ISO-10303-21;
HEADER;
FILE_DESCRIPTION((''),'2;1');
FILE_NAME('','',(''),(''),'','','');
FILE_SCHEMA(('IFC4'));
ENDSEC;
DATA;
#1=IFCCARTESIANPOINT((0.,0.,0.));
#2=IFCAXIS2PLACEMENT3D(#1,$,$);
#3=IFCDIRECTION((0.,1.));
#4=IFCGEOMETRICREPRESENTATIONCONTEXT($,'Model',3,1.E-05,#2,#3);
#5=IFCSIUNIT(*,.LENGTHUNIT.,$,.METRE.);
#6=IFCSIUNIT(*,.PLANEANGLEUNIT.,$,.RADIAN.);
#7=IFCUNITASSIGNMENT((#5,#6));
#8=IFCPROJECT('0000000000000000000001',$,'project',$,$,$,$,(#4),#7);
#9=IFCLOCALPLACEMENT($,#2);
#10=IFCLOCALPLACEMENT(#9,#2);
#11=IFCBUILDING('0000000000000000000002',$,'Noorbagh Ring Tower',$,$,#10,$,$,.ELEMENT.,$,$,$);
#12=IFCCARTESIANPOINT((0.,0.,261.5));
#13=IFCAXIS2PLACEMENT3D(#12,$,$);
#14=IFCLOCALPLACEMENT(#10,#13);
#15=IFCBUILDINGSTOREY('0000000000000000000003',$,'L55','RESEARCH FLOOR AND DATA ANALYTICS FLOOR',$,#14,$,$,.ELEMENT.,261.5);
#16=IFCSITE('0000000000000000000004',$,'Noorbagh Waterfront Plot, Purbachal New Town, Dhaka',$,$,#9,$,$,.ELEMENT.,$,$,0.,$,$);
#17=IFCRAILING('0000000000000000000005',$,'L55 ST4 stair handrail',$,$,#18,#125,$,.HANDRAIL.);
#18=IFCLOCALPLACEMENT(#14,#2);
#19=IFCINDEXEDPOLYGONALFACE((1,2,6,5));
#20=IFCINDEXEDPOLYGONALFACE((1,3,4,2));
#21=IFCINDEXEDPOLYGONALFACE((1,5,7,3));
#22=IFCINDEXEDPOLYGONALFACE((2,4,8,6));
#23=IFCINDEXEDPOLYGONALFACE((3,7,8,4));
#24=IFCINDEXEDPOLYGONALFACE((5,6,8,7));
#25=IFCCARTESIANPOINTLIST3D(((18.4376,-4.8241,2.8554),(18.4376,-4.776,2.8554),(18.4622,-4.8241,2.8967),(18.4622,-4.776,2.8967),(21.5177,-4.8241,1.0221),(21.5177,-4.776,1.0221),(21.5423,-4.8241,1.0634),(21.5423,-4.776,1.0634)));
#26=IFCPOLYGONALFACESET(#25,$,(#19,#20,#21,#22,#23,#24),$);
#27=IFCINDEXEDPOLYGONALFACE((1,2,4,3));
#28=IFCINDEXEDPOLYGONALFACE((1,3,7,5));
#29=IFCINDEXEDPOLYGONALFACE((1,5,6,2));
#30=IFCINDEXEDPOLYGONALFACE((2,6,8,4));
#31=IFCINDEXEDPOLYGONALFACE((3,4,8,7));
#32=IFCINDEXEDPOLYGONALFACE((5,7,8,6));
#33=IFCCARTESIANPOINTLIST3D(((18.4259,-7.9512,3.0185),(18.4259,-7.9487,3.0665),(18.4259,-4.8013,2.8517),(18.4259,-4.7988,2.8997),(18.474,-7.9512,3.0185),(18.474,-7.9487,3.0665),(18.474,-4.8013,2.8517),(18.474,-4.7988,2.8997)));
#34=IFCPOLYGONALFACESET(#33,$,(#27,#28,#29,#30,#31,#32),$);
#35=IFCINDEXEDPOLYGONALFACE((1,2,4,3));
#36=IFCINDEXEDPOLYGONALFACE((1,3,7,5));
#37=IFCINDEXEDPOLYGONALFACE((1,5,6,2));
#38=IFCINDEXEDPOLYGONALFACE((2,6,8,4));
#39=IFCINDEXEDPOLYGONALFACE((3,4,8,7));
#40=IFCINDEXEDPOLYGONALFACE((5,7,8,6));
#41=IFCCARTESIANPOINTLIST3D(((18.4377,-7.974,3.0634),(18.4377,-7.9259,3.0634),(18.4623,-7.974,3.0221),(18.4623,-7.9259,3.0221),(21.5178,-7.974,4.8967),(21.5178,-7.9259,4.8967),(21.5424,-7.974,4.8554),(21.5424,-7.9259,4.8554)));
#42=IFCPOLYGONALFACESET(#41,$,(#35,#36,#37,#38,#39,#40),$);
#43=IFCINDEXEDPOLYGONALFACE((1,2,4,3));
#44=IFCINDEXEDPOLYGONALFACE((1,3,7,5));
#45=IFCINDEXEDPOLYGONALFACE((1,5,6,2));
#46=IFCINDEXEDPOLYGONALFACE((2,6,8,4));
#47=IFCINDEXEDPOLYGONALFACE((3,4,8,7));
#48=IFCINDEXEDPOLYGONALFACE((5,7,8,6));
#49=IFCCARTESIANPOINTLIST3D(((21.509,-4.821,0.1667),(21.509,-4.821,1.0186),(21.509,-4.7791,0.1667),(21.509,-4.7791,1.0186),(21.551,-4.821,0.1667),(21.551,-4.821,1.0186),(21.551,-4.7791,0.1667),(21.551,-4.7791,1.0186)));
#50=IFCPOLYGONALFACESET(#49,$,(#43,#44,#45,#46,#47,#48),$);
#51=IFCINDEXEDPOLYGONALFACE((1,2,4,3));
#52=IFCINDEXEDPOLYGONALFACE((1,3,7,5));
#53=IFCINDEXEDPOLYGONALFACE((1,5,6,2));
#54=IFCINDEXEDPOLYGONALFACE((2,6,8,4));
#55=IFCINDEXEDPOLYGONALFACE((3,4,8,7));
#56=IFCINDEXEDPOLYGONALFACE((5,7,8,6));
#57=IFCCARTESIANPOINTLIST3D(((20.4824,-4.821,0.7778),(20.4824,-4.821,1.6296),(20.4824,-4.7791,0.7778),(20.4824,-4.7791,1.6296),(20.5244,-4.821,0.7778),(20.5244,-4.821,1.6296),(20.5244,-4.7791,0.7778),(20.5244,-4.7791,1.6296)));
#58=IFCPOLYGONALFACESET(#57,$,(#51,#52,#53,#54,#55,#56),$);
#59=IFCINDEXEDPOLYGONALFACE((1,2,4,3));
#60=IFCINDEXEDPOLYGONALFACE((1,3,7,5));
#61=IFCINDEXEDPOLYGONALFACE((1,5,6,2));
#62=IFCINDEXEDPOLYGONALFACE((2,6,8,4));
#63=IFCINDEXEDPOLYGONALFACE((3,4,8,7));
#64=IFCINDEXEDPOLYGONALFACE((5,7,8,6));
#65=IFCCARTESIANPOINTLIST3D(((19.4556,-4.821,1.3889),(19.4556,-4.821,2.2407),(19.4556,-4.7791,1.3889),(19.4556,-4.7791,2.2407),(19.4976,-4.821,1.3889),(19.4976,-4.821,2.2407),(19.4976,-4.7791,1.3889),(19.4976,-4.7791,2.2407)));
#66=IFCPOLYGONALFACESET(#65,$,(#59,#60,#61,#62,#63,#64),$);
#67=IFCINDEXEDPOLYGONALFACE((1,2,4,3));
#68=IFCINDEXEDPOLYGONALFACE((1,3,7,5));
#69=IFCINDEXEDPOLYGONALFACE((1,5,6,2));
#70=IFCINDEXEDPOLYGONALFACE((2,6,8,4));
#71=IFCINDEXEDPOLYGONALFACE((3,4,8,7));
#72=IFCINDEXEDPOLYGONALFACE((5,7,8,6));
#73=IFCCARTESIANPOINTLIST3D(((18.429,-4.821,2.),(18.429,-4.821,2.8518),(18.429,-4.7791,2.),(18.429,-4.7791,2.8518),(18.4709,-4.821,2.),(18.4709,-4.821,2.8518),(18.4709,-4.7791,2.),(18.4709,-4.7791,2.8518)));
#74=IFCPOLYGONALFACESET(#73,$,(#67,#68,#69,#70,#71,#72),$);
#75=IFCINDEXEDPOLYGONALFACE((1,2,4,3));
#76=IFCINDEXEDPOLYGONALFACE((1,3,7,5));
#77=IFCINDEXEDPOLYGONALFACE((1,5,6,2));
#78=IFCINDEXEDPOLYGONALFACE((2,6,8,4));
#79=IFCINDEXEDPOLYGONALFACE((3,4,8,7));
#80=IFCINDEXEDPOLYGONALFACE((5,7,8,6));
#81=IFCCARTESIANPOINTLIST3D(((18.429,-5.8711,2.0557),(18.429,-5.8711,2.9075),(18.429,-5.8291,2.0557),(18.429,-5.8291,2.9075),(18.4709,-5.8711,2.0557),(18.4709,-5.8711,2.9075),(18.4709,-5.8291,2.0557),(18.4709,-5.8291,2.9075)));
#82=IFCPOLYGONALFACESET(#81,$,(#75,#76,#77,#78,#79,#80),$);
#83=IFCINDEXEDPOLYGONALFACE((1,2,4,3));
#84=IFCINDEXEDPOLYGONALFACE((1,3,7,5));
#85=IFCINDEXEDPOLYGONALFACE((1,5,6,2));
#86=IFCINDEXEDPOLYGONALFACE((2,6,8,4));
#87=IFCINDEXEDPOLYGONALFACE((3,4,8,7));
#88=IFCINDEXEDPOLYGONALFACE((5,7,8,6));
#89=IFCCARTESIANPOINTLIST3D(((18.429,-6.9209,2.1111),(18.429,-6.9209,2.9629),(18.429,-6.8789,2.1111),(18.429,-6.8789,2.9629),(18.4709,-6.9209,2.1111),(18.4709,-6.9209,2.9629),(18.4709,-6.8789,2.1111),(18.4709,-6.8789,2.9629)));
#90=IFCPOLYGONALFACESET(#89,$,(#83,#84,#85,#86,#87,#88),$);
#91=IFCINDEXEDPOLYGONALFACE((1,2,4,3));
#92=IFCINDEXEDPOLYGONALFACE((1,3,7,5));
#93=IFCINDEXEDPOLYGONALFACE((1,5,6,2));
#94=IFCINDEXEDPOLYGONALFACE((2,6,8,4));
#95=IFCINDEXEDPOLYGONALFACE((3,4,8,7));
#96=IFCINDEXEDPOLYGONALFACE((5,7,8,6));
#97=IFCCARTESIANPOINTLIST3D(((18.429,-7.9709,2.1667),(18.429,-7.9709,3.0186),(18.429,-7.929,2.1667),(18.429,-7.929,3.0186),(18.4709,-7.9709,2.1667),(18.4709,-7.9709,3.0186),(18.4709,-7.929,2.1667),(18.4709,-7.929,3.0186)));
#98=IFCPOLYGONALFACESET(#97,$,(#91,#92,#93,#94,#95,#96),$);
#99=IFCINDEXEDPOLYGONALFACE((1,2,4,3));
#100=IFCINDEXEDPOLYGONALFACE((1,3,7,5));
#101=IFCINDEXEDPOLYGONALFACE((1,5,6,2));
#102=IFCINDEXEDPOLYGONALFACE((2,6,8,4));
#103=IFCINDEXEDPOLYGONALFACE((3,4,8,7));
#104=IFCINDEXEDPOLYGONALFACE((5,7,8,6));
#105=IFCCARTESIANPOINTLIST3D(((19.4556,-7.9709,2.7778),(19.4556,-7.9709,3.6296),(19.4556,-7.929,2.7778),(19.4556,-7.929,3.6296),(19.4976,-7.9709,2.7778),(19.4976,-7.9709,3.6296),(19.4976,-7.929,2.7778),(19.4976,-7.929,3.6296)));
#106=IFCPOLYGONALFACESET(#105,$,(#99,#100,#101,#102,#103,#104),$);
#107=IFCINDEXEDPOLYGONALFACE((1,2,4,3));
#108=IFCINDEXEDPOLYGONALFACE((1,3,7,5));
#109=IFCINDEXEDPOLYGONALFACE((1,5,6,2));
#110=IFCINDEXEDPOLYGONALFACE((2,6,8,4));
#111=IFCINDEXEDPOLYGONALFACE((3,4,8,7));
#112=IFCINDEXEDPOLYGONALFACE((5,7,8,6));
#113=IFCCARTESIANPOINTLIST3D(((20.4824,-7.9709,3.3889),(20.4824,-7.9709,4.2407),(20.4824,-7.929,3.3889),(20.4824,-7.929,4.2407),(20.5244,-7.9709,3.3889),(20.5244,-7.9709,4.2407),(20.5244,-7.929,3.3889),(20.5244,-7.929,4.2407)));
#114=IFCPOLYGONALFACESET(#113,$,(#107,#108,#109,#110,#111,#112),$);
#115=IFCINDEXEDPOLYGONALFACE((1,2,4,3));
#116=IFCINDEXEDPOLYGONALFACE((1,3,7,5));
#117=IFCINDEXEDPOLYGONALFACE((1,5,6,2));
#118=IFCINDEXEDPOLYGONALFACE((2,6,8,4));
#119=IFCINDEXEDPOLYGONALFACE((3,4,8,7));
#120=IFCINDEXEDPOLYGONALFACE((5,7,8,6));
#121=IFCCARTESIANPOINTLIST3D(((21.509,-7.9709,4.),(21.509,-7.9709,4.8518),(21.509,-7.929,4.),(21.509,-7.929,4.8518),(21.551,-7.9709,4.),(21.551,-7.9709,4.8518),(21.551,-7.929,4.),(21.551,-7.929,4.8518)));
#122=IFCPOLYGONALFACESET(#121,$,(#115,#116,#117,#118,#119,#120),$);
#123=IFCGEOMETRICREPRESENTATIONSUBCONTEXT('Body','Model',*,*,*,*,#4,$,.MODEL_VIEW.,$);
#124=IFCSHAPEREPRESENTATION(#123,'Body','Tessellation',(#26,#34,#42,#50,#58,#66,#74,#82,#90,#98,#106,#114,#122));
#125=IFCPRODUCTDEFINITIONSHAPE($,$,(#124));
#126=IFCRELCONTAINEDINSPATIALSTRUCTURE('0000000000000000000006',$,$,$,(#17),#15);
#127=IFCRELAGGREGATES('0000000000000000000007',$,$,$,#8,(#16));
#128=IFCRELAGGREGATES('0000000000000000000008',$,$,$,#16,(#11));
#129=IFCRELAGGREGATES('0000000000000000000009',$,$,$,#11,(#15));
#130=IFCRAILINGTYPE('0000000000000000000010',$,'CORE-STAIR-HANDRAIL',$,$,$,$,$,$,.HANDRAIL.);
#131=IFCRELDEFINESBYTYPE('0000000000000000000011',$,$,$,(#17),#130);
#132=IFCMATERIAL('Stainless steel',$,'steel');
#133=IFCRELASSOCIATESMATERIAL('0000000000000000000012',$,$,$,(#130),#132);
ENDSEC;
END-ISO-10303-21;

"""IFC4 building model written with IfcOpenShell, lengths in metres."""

from ifc_helpers import new_model, si_unit, direction, frame, origin, origin_2d, place, context, subcontext, project, spatial, rectangle, extrude, material, type_object, element, save


model = new_model("IFC4")

# Units and contexts
model_context = context("Model", 3, precision=1e-05, world=origin(), true_north=direction((0.0, 1.0)))
body_context = subcontext(model_context, "Body", "Model", "MODEL_VIEW")
ifc_project = project(units=[si_unit("LENGTHUNIT", "METRE"), si_unit("PLANEANGLEUNIT", "RADIAN")], contexts=[model_context])

# Site, building, storey
site_placement = place(None, origin())
site = spatial("IfcSite", under=ifc_project, at=site_placement, Name="Noorbagh Waterfront Plot, Purbachal New Town, Dhaka", CompositionType="ELEMENT", RefElevation=0.0)
building_placement = place(site_placement, origin())
building = spatial("IfcBuilding", under=site, at=building_placement, Name="Noorbagh Ring Tower", CompositionType="ELEMENT")
storey_placement = place(building_placement, frame((0.0, 0.0, 261.5)))
storey = spatial("IfcBuildingStorey", under=building, at=storey_placement, Name="L55", Description="RESEARCH FLOOR AND DATA ANALYTICS FLOOR", CompositionType="ELEMENT", Elevation=261.5)

# Railing
ifc_material_1 = material(Name="Stainless steel", Category="steel")
railing_type_1 = type_object("IfcRailingType", Name="CORE-STAIR-HANDRAIL", PredefinedType="HANDRAIL", material=ifc_material_1)
railing_1_placement = place(storey_placement, frame((21.53, -4.8, 0.1667)))
element("IfcRailing", 1, at=railing_1_placement, inside=storey, type_object=railing_type_1, Name="L55 ST4 stair handrail", PredefinedType="HANDRAIL", context=body_context, shape_type="SweptSolid", body=[
    extrude(rectangle(XDim=0.0481, YDim=0.0481, at=origin_2d()), frame((0.0, 0.0, 0.876), z_axis=(-0.859309, 0.0, 0.511458), x_axis=(0.0, -1.0, 0.0)), (0.0, 0.0, 1.0), 3.5845),
    extrude(rectangle(XDim=0.0481, YDim=0.0481, at=origin_2d()), frame((-3.0801, 0.0, 2.709), z_axis=(0.0, -0.998602, 0.052864), x_axis=(1.0, 0.0, 0.0)), (0.0, 0.0, 1.0), 3.1543),
    extrude(rectangle(XDim=0.0481, YDim=0.0481, at=origin_2d()), frame((-3.0801, -3.1499, 2.876), z_axis=(0.859309, 0.0, 0.511458), x_axis=(0.0, 1.0, 0.0)), (0.0, 0.0, 1.0), 3.5845),
    extrude(rectangle(XDim=0.042, YDim=0.042, at=origin_2d()), origin(), (0.0, 0.0, 1.0), 0.8518),
    extrude(rectangle(XDim=0.042, YDim=0.042, at=origin_2d()), frame((-1.0266, 0.0, 0.6111)), (0.0, 0.0, 1.0), 0.8518),
    extrude(rectangle(XDim=0.042, YDim=0.042, at=origin_2d()), frame((-2.0535, 0.0, 1.2222)), (0.0, 0.0, 1.0), 0.8518),
    extrude(rectangle(XDim=0.042, YDim=0.042, at=origin_2d()), frame((-3.0801, 0.0, 1.8333)), (0.0, 0.0, 1.0), 0.8518),
    extrude(rectangle(XDim=0.042, YDim=0.042, at=origin_2d()), frame((-3.0801, -1.05, 1.8889)), (0.0, 0.0, 1.0), 0.8518),
    extrude(rectangle(XDim=0.042, YDim=0.042, at=origin_2d()), frame((-3.0801, -2.0999, 1.9443)), (0.0, 0.0, 1.0), 0.8518),
    extrude(rectangle(XDim=0.042, YDim=0.042, at=origin_2d()), frame((-3.0801, -3.1499, 2.0)), (0.0, 0.0, 1.0), 0.8518),
    extrude(rectangle(XDim=0.042, YDim=0.042, at=origin_2d()), frame((-2.0535, -3.1499, 2.6111)), (0.0, 0.0, 1.0), 0.8518),
    extrude(rectangle(XDim=0.042, YDim=0.042, at=origin_2d()), frame((-1.0266, -3.1499, 3.2222)), (0.0, 0.0, 1.0), 0.8518),
    extrude(rectangle(XDim=0.042, YDim=0.042, at=origin_2d()), frame((0.0, -3.1499, 3.8333)), (0.0, 0.0, 1.0), 0.8518),
])

save(model, "model.ifc")
